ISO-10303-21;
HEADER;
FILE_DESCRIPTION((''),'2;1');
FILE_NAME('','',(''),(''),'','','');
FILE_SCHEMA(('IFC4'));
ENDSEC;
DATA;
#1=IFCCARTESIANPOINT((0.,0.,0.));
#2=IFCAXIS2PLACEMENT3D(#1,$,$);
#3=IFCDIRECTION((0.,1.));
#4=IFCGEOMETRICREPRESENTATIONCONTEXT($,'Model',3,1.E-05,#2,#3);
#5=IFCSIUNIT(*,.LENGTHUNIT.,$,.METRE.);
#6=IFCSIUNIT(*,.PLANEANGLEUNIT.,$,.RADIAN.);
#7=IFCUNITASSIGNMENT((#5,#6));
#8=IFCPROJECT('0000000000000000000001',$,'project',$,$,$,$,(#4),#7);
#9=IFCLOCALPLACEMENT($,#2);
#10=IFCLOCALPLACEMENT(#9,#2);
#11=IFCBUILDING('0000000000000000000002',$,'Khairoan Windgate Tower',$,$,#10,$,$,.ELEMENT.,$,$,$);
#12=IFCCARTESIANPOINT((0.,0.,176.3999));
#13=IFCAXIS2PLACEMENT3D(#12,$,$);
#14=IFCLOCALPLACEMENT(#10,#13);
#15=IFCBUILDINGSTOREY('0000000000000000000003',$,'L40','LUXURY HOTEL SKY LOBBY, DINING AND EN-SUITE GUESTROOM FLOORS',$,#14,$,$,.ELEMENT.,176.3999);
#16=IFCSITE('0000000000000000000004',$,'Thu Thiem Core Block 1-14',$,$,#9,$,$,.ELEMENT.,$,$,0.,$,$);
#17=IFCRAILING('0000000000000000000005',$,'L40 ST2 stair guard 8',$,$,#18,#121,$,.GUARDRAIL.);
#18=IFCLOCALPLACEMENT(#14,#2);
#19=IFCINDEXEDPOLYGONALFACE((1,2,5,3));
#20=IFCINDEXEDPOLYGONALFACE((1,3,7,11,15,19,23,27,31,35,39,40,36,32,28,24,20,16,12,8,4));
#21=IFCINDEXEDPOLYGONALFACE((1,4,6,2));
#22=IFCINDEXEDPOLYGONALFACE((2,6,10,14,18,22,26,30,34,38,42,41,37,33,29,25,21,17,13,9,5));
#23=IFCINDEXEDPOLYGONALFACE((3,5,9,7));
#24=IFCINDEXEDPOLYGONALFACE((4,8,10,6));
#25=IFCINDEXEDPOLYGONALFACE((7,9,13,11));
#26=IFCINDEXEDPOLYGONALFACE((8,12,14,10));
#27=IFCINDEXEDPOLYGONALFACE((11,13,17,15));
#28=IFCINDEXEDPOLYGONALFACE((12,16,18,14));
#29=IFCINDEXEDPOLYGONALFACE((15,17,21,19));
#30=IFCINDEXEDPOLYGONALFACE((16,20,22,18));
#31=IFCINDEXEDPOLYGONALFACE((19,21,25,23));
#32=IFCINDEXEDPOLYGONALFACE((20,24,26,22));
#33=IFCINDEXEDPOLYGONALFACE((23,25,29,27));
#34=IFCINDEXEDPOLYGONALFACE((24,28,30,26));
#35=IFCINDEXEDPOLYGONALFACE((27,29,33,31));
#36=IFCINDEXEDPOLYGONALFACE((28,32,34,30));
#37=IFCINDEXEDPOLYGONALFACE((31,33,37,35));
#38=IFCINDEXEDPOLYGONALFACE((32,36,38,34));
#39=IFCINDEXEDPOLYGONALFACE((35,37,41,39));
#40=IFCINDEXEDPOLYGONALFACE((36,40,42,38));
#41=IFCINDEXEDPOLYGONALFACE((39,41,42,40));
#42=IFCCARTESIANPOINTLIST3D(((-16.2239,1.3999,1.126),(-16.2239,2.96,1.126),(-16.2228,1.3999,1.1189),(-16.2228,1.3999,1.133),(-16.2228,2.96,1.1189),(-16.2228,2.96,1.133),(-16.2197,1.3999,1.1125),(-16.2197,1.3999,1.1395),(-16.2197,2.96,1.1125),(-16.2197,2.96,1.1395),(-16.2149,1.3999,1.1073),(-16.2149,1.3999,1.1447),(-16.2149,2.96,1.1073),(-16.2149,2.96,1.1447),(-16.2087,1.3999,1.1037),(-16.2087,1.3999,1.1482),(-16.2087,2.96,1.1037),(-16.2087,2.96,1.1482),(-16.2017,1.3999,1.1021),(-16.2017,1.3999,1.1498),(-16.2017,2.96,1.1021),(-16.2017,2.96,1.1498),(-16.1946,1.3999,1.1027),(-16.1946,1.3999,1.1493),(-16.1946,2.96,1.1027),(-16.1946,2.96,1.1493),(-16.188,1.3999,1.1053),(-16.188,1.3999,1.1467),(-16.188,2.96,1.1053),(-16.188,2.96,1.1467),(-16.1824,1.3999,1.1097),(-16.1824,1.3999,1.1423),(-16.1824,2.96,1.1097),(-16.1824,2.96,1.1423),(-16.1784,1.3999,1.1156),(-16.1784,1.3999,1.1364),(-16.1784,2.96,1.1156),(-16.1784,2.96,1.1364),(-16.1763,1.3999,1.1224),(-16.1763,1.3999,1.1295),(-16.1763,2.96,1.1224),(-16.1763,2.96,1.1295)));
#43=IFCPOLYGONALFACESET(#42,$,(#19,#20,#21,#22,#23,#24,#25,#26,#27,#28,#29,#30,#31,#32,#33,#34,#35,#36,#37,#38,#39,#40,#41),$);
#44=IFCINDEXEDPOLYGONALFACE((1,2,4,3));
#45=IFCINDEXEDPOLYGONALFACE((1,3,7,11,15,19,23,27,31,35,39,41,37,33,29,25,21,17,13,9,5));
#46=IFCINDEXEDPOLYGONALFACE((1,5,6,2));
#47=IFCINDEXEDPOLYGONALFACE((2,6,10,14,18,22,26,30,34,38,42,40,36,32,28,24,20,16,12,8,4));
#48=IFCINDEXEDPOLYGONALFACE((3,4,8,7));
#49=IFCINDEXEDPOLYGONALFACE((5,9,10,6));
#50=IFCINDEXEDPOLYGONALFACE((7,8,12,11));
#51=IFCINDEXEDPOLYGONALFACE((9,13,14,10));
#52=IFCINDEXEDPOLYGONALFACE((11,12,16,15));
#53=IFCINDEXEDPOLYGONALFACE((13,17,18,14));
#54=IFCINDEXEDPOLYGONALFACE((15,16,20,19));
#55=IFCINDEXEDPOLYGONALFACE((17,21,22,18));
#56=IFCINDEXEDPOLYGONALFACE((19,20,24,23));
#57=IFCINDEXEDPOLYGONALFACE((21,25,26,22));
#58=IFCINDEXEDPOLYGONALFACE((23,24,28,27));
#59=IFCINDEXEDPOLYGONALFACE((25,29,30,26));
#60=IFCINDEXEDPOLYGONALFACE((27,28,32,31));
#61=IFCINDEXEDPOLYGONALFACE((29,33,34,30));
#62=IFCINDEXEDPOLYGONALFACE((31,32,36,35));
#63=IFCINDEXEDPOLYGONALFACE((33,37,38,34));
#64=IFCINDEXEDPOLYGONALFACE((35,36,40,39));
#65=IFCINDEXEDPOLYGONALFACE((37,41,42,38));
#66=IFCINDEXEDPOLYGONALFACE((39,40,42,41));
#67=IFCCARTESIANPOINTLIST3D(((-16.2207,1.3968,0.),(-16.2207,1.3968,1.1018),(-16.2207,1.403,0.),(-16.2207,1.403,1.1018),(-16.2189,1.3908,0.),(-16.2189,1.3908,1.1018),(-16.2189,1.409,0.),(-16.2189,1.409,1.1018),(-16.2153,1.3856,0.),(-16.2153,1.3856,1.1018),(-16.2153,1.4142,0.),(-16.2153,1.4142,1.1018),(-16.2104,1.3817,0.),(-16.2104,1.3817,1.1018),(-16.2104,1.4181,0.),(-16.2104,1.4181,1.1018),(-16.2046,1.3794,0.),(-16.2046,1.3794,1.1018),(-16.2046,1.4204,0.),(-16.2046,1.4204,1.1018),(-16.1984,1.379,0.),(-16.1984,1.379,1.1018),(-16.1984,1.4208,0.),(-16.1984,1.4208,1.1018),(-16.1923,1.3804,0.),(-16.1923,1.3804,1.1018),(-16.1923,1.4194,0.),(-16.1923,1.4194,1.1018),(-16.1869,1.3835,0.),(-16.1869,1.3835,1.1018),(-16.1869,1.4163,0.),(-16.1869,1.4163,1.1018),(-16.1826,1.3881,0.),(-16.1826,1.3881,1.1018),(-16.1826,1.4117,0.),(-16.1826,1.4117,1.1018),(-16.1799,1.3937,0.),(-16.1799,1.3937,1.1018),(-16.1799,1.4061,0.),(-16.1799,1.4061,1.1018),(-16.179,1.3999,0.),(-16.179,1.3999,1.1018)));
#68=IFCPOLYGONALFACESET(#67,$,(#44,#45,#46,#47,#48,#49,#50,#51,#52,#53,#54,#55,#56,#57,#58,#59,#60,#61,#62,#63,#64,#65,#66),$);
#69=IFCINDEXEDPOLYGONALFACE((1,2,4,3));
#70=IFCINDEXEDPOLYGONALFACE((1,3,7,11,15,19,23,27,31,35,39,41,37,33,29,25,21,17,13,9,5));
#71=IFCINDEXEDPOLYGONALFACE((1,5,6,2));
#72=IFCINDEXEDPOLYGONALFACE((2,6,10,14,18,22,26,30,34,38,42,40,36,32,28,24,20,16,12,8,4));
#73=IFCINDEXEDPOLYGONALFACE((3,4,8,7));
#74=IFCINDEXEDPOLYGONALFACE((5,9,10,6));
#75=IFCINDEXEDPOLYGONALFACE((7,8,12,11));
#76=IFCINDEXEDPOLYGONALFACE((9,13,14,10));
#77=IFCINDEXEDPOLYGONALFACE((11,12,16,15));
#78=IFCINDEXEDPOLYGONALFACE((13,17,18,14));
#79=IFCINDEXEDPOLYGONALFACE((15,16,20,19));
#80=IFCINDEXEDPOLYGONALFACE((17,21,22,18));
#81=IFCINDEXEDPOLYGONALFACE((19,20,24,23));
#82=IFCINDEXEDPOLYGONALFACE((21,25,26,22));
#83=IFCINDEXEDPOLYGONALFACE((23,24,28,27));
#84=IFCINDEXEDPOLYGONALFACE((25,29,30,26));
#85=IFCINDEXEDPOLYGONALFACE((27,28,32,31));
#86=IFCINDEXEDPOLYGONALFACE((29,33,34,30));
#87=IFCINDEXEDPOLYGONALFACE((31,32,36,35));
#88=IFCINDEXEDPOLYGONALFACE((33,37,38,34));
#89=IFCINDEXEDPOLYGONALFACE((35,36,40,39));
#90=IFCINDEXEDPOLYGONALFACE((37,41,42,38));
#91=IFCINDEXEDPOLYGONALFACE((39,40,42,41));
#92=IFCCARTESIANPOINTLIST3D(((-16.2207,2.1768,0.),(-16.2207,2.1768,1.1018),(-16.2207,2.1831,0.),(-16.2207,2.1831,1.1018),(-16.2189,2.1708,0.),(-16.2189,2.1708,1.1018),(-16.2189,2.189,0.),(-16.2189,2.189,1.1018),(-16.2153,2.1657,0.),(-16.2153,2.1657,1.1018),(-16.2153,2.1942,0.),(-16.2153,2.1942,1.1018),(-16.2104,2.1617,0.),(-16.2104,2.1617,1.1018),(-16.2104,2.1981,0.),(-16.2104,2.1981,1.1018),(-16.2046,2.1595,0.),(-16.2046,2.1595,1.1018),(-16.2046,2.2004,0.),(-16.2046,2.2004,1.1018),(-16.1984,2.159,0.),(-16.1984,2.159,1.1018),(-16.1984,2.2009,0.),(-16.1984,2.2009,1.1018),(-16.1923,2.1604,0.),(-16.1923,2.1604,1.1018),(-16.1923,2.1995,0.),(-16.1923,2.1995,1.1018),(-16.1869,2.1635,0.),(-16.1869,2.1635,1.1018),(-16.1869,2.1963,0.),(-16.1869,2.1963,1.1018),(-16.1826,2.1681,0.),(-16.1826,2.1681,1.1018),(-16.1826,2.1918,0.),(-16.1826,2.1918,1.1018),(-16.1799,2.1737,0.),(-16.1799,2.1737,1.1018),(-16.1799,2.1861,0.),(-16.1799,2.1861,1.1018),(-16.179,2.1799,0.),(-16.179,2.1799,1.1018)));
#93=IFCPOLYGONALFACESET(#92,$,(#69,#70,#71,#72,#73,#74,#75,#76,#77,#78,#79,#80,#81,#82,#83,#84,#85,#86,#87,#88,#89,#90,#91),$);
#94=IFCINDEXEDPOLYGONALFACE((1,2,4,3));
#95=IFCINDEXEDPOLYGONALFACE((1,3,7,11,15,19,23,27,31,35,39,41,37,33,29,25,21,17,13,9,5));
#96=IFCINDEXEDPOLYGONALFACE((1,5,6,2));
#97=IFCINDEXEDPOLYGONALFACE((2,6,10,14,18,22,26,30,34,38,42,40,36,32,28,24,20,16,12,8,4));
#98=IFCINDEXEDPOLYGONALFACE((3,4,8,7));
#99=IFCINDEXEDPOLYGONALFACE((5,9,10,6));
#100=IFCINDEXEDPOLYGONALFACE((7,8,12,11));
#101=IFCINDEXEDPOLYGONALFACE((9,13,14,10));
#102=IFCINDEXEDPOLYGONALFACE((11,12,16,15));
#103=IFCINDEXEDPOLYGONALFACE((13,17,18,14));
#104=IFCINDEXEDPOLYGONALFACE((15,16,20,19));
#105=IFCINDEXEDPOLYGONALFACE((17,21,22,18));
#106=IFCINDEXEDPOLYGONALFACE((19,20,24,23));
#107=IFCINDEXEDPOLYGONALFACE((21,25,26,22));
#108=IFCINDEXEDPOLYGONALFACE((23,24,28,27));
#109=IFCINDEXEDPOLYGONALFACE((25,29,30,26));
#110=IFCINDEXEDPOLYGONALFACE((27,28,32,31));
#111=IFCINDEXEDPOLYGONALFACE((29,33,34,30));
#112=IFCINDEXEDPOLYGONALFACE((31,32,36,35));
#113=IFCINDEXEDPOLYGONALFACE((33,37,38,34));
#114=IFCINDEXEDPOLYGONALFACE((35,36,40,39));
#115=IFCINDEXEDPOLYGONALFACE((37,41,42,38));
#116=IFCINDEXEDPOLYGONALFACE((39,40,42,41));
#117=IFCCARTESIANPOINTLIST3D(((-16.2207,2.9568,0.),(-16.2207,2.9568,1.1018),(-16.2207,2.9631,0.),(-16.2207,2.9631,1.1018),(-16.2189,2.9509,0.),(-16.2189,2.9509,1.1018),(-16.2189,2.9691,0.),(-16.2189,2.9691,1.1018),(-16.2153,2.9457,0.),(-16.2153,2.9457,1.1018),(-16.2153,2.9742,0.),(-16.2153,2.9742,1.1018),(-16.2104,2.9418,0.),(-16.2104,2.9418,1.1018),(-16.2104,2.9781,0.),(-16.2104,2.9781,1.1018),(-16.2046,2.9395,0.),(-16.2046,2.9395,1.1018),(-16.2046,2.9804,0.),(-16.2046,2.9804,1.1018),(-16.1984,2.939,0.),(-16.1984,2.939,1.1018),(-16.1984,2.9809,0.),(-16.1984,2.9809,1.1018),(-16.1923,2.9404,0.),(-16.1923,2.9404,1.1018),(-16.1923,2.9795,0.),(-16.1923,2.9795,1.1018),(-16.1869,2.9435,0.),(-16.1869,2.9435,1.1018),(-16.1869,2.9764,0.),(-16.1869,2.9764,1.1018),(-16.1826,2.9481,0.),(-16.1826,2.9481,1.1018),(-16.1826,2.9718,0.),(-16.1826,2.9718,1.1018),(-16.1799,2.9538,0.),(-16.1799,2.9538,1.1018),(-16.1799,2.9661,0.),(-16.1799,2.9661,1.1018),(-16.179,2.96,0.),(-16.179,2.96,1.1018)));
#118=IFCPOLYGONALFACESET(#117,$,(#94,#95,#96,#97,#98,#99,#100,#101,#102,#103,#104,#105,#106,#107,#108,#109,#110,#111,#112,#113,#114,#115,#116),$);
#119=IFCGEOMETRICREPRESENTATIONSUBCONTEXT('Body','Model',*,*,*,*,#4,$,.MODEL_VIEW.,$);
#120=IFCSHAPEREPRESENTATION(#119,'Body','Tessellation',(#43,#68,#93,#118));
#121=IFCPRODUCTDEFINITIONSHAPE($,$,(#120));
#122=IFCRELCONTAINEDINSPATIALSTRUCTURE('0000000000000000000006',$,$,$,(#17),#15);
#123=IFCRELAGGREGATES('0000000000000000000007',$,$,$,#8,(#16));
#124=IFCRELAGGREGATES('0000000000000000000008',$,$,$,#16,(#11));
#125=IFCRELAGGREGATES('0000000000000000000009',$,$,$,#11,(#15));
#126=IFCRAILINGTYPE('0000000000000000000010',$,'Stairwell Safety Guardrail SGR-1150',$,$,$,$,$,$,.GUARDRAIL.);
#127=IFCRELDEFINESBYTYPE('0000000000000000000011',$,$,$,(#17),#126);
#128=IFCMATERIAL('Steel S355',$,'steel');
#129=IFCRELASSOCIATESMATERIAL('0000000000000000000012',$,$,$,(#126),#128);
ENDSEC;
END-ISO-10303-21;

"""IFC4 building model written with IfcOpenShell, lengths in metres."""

from ifc_helpers import new_model, si_unit, direction, frame, origin, origin_2d, place, context, subcontext, project, spatial, circle, extrude, material, type_object, element, save


model = new_model("IFC4")

# Units and contexts
model_context = context("Model", 3, precision=1e-05, world=origin(), true_north=direction((0.0, 1.0)))
body_context = subcontext(model_context, "Body", "Model", "MODEL_VIEW")
ifc_project = project(units=[si_unit("LENGTHUNIT", "METRE"), si_unit("PLANEANGLEUNIT", "RADIAN")], contexts=[model_context])

# Site, building, storey
site_placement = place(None, origin())
site = spatial("IfcSite", under=ifc_project, at=site_placement, Name="Thu Thiem Core Block 1-14", CompositionType="ELEMENT", RefElevation=0.0)
building_placement = place(site_placement, origin())
building = spatial("IfcBuilding", under=site, at=building_placement, Name="Khairoan Windgate Tower", CompositionType="ELEMENT")
storey_placement = place(building_placement, frame((0.0, 0.0, 176.3999)))
storey = spatial("IfcBuildingStorey", under=building, at=storey_placement, Name="L40", Description="LUXURY HOTEL SKY LOBBY, DINING AND EN-SUITE GUESTROOM FLOORS", CompositionType="ELEMENT", Elevation=176.3999)

# Railing
ifc_material_1 = material(Name="Steel S355", Category="steel")
railing_type_1 = type_object("IfcRailingType", Name="Stairwell Safety Guardrail SGR-1150", PredefinedType="GUARDRAIL", material=ifc_material_1)
railing_1_placement = place(storey_placement, frame((-16.2, 1.3999, 0.0)))
element("IfcRailing", 1, at=railing_1_placement, inside=storey, type_object=railing_type_1, Name="L40 ST2 stair guard 8", PredefinedType="GUARDRAIL", context=body_context, shape_type="SweptSolid", body=[
    extrude(circle(Radius=0.0239, at=origin_2d()), frame((0.0, 0.0, 1.126), z_axis=(0.0, 1.0, 0.0), x_axis=(-1.0, 0.0, 0.0)), (0.0, 0.0, 1.0), 1.5601),
    extrude(circle(Radius=0.021, at=origin_2d()), origin(), (0.0, 0.0, 1.0), 1.1018),
    extrude(circle(Radius=0.021, at=origin_2d()), frame((0.0, 0.78, 0.0)), (0.0, 0.0, 1.0), 1.1018),
    extrude(circle(Radius=0.021, at=origin_2d()), frame((0.0, 1.5601, 0.0)), (0.0, 0.0, 1.0), 1.1018),
])

save(model, "model.ifc")
